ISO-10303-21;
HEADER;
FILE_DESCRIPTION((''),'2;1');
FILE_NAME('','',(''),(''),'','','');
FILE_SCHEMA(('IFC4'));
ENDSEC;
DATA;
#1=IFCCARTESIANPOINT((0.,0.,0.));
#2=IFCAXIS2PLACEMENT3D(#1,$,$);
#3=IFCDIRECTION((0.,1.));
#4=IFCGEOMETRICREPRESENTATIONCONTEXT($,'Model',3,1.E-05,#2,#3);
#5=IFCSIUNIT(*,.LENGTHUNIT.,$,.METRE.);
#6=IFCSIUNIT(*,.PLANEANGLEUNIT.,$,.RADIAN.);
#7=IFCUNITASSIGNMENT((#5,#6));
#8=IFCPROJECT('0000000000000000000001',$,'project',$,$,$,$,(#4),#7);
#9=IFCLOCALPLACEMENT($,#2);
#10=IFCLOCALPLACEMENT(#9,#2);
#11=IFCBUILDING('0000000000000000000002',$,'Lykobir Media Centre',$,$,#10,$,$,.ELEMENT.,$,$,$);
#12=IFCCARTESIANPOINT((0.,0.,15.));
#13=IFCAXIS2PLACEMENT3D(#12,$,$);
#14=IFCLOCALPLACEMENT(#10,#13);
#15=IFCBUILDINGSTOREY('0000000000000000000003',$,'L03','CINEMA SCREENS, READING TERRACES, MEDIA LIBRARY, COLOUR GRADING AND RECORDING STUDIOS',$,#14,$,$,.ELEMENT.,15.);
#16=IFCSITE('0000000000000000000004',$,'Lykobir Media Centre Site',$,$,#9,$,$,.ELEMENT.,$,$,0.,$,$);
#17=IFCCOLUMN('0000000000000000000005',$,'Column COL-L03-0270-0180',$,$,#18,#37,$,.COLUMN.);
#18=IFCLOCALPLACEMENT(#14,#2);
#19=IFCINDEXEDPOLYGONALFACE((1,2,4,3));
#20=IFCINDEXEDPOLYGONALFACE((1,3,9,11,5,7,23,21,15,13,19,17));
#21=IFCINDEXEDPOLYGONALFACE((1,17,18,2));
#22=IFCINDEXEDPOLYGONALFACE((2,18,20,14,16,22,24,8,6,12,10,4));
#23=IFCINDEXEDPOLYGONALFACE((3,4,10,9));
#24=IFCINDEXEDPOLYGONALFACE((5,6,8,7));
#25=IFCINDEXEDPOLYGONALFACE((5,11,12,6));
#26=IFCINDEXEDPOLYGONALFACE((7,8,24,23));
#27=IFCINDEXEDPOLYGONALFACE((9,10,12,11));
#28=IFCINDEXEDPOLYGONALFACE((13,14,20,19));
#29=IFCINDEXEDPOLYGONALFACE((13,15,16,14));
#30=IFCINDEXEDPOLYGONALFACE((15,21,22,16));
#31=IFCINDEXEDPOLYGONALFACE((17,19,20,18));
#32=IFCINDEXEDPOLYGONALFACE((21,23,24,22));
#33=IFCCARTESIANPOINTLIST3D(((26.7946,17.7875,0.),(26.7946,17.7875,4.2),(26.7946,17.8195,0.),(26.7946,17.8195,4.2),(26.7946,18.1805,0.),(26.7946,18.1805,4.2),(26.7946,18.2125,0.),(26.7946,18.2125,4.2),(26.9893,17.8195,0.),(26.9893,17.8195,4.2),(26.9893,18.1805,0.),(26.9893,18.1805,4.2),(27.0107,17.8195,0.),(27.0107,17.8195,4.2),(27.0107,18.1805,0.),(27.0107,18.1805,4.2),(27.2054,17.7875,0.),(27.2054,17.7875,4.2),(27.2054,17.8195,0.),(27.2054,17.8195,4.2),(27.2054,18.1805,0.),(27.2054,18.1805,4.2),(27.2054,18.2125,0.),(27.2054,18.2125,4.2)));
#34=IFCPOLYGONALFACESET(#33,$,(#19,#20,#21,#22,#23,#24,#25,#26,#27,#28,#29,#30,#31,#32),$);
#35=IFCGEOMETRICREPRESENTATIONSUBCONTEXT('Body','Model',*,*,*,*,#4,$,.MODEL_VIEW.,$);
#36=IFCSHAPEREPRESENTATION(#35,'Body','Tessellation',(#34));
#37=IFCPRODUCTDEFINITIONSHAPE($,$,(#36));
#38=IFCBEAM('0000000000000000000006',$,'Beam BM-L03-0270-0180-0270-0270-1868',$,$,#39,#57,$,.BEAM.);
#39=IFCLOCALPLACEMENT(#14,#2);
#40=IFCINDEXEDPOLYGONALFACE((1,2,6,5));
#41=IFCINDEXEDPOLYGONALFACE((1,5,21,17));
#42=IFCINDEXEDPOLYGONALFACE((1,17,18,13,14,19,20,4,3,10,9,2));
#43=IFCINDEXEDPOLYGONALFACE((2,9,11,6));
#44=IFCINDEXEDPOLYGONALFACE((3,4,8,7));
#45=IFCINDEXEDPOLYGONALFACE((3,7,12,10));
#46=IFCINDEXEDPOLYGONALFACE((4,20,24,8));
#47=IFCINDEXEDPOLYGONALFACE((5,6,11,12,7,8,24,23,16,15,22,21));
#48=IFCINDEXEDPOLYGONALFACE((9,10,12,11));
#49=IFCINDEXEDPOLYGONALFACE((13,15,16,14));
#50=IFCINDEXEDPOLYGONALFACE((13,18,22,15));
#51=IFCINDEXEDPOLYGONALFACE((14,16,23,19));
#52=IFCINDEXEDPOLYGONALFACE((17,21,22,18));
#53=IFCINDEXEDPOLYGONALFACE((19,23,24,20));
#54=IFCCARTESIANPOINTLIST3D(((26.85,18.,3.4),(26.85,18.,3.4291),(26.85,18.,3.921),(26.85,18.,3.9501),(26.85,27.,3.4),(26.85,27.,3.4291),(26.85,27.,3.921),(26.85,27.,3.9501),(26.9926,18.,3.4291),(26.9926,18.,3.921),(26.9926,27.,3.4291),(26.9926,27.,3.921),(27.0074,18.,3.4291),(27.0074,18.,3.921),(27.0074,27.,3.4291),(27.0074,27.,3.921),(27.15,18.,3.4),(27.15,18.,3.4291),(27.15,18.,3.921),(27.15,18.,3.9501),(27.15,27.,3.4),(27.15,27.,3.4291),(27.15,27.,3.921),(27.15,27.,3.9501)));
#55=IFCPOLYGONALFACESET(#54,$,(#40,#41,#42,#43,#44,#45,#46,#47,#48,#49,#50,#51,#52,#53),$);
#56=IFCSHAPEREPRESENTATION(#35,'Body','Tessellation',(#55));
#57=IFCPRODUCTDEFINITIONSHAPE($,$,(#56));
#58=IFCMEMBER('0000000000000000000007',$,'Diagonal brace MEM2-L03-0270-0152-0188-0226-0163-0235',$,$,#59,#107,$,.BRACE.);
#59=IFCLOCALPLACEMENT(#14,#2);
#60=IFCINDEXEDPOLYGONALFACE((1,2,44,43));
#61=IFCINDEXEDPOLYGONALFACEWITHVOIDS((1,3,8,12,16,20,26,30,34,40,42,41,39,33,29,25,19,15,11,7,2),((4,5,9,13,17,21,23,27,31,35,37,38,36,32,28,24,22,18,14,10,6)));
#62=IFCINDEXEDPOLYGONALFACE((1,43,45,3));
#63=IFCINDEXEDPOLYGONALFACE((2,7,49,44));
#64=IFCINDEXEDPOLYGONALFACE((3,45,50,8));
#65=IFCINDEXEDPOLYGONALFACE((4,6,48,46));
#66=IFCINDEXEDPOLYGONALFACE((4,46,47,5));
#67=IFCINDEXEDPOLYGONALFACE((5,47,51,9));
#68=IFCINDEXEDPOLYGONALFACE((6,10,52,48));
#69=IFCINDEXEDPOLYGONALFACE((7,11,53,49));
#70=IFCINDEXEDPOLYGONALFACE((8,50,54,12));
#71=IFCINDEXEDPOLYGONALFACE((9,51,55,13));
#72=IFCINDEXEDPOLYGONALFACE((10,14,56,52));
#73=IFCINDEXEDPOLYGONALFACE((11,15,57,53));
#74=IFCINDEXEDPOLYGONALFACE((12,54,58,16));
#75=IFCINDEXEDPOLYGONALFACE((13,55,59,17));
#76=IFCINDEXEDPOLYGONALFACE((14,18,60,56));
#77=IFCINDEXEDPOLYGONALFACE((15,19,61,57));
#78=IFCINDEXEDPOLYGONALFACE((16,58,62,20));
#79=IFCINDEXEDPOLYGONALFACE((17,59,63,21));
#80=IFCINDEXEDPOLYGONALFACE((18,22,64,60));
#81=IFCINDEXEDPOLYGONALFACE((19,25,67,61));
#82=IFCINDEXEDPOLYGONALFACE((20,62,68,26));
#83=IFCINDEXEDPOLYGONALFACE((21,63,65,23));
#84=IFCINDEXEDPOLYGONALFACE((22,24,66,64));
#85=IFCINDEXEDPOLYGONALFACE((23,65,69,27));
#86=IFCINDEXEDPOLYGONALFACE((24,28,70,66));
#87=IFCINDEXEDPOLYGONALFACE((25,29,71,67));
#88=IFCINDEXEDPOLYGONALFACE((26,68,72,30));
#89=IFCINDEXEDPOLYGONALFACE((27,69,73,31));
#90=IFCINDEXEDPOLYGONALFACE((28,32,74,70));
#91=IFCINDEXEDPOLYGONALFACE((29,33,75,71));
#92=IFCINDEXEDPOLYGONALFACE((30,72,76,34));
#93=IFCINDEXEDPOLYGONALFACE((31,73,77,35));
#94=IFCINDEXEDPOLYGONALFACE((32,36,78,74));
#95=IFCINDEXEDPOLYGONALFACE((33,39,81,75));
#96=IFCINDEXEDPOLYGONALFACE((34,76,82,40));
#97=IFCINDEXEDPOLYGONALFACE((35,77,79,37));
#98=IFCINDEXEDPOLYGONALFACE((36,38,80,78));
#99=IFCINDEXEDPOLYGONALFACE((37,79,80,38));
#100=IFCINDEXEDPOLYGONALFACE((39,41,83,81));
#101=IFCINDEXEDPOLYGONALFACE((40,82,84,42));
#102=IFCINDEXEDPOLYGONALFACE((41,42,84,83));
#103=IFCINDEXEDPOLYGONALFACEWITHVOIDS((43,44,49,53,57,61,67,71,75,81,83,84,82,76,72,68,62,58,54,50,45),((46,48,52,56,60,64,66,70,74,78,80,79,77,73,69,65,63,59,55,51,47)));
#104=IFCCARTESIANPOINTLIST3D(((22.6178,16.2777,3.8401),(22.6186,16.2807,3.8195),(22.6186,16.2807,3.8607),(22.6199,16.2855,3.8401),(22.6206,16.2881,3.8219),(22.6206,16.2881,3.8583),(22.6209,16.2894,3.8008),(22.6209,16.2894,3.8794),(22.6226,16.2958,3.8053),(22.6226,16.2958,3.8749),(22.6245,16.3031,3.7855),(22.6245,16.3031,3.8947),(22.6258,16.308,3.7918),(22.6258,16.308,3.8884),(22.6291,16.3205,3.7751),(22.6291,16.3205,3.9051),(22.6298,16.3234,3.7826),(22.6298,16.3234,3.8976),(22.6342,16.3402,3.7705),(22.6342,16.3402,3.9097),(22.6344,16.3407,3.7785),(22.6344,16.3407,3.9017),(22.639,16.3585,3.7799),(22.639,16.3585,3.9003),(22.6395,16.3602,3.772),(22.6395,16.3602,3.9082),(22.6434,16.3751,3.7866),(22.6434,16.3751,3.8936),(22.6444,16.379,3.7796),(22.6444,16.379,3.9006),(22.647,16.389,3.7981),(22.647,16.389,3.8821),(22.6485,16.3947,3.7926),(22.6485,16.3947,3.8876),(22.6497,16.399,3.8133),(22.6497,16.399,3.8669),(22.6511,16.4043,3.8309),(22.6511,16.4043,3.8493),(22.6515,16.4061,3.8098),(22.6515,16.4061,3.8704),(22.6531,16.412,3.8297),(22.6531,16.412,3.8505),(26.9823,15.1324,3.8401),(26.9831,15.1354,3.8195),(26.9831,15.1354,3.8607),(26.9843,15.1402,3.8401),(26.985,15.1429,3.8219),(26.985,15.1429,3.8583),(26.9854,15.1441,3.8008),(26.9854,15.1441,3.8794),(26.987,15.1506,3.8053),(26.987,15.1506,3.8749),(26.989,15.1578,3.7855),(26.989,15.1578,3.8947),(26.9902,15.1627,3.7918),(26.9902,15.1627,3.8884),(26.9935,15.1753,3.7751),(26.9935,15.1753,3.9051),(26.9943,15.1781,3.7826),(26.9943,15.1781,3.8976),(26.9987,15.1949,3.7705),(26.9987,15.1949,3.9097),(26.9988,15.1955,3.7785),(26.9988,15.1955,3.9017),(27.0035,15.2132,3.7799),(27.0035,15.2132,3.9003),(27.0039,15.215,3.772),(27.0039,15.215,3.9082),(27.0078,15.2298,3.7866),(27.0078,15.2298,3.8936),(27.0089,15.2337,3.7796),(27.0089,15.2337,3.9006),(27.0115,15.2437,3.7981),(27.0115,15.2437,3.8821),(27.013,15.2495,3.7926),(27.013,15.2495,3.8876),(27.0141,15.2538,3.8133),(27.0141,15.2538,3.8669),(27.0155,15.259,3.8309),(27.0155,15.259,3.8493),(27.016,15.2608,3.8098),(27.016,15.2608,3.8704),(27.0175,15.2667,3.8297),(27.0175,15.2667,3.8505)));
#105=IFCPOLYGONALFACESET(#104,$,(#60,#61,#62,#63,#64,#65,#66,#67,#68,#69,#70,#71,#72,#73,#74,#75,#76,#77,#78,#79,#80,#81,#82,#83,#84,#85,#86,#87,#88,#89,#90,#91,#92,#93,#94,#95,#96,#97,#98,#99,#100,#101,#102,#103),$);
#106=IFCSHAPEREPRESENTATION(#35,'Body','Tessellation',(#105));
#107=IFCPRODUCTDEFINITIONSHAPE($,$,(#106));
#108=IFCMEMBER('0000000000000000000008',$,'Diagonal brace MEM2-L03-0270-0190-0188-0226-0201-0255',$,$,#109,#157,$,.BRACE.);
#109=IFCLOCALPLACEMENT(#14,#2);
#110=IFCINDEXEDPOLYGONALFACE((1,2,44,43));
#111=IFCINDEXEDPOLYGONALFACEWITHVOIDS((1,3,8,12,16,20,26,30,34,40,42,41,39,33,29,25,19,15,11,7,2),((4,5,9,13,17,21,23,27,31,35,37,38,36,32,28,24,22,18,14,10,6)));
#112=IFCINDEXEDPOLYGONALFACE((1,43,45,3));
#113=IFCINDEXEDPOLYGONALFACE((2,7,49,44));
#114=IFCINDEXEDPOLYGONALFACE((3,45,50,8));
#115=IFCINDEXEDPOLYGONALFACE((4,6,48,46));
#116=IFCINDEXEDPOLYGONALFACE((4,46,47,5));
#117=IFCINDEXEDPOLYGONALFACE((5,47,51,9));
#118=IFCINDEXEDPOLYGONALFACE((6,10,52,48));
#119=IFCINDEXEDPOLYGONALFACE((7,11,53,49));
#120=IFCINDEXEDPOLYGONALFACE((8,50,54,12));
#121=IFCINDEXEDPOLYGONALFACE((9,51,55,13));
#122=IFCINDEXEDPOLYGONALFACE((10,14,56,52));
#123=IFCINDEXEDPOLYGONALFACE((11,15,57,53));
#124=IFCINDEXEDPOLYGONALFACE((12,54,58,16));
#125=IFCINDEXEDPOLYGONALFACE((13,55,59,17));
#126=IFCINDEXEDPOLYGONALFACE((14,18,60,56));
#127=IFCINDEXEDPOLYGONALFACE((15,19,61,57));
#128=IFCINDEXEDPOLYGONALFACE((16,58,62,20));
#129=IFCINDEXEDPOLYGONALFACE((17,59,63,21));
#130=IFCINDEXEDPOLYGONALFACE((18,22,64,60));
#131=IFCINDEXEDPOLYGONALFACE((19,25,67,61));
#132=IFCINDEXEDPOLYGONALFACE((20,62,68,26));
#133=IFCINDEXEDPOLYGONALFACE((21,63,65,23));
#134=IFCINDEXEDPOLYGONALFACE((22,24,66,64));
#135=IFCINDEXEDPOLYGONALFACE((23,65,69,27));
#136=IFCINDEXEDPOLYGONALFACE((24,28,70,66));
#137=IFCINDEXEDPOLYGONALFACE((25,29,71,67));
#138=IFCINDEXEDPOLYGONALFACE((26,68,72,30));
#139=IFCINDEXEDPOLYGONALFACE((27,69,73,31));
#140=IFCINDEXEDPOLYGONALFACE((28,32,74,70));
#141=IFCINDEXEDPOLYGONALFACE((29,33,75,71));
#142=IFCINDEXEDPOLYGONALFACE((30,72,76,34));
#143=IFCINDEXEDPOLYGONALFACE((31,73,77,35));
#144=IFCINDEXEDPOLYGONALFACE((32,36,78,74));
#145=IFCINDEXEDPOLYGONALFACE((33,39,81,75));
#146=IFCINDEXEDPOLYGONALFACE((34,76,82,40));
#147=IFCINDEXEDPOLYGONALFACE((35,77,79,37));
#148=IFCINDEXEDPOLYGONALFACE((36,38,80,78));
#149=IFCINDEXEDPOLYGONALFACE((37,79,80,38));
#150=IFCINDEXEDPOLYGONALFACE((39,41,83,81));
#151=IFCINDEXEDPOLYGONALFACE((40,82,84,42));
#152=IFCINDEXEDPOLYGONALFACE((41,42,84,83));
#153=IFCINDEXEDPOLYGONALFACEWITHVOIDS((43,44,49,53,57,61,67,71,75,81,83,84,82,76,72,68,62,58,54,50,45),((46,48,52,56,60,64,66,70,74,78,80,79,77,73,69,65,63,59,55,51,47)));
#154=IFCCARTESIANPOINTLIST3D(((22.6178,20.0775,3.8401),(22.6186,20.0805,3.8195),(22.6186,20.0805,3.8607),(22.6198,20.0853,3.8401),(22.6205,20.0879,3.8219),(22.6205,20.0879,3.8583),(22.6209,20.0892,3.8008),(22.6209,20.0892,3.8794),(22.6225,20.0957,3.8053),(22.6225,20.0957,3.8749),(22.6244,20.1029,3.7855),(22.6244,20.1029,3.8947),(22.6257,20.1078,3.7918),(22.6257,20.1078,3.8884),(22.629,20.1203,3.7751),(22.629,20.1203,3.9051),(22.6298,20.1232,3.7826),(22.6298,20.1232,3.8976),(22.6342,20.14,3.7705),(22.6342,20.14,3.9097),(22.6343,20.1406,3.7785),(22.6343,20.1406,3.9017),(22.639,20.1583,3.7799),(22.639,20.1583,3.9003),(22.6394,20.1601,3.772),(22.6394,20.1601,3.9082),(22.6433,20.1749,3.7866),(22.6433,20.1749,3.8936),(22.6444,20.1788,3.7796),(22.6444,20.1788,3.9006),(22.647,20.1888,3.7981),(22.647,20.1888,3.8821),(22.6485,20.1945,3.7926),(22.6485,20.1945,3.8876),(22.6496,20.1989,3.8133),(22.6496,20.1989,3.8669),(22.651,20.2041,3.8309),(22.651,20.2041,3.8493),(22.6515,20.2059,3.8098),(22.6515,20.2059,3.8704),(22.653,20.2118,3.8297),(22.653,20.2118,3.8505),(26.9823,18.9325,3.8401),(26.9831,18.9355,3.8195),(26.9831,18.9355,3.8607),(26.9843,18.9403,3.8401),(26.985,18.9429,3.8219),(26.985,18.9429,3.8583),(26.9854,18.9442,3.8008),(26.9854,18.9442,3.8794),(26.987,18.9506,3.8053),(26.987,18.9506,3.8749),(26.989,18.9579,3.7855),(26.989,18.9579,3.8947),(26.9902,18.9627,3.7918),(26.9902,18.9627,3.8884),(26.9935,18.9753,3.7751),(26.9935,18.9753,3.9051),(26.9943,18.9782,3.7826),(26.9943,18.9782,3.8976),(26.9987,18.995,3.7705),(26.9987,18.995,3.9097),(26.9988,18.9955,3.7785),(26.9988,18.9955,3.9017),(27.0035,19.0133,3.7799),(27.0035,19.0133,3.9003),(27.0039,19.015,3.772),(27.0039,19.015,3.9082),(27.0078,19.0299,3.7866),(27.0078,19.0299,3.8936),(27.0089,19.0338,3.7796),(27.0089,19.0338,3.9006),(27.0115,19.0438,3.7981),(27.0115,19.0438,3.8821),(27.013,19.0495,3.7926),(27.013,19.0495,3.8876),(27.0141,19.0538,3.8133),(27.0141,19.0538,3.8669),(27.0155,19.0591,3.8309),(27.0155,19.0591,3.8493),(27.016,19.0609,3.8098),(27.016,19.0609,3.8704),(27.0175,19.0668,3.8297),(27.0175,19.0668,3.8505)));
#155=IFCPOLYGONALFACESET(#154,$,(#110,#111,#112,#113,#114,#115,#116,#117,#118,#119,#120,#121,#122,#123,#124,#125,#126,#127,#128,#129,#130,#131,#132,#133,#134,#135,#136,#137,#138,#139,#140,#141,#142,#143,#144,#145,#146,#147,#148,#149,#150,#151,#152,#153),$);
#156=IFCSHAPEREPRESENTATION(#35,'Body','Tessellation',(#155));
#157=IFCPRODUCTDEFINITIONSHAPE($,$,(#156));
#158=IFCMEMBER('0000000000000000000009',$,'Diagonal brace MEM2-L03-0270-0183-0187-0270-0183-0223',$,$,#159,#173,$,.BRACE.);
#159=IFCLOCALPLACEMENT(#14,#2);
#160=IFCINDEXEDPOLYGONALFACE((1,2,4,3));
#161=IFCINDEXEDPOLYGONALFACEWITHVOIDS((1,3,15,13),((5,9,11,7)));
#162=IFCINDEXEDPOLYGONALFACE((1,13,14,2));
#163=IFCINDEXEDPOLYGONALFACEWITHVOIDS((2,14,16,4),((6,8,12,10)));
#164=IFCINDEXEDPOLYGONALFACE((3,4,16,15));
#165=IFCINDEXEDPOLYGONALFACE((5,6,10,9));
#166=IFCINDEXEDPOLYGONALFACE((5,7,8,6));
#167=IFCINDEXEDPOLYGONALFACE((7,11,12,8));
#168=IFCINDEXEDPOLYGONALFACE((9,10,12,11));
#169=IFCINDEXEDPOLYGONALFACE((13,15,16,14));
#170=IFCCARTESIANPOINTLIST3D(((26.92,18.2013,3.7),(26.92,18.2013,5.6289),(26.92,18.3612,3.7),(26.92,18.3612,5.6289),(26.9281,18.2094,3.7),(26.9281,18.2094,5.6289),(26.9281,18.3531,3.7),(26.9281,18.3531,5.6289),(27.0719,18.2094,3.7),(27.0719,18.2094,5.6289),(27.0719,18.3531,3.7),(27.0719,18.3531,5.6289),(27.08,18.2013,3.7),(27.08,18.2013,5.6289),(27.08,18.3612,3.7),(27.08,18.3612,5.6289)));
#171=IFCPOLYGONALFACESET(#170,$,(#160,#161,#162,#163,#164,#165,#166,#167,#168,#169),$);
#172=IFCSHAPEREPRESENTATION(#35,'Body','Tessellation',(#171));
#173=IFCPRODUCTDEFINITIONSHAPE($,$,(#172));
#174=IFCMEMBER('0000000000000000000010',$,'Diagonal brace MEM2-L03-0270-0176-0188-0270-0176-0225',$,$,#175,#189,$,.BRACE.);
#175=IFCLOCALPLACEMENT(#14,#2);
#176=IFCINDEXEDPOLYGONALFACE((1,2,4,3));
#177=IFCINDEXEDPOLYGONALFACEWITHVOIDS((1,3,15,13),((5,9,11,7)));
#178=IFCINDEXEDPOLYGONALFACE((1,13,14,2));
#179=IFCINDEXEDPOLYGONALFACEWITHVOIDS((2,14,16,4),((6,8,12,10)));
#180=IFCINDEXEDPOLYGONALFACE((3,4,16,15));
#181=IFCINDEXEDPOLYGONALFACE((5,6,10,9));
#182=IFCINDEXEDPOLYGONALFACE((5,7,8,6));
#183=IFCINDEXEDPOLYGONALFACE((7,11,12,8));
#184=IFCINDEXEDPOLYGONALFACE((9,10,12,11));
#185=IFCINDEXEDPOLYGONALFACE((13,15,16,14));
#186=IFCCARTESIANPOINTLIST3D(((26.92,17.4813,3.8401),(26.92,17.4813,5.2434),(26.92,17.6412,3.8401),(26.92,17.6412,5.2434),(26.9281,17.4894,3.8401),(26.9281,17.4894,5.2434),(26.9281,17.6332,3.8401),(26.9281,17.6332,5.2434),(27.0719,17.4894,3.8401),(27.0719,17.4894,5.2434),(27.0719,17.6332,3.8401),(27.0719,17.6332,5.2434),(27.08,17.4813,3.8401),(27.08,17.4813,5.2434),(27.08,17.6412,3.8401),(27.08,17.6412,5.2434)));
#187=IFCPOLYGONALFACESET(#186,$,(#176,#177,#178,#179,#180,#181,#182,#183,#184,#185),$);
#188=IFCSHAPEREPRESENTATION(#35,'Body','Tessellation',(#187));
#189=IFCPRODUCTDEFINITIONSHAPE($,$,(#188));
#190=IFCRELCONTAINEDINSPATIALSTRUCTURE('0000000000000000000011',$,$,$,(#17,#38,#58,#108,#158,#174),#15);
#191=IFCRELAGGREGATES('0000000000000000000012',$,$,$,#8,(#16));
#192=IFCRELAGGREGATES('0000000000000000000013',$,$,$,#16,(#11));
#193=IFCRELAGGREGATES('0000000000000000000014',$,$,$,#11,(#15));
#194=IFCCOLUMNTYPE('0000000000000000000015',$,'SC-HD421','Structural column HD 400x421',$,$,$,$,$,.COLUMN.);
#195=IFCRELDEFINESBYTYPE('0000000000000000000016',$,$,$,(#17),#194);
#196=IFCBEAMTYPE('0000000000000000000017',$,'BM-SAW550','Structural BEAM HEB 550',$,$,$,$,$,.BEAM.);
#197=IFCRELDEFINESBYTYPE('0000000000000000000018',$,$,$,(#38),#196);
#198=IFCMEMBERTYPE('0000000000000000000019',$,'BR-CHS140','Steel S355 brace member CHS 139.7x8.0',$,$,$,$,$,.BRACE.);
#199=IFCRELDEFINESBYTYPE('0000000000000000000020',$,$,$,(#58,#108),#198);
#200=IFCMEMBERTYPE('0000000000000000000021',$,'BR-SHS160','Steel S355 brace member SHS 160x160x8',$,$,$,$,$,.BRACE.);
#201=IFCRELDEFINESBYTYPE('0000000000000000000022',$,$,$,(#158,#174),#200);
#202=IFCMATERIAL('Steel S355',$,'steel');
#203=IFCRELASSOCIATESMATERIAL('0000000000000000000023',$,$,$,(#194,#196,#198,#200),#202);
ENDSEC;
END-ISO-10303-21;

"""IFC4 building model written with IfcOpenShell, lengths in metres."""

from ifc_helpers import new_model, si_unit, direction, frame, origin, origin_2d, place, context, subcontext, project, spatial, hollow_rectangle, hollow_circle, i_section, extrude, material, material_profile, profile_set, type_object, element, save


model = new_model("IFC4")

# Units and contexts
model_context = context("Model", 3, precision=1e-05, world=origin(), true_north=direction((0.0, 1.0)))
body_context = subcontext(model_context, "Body", "Model", "MODEL_VIEW")
ifc_project = project(units=[si_unit("LENGTHUNIT", "METRE"), si_unit("PLANEANGLEUNIT", "RADIAN")], contexts=[model_context])

# Site, building, storey
site_placement = place(None, origin())
site = spatial("IfcSite", under=ifc_project, at=site_placement, Name="Lykobir Media Centre Site", CompositionType="ELEMENT", RefElevation=0.0)
building_placement = place(site_placement, origin())
building = spatial("IfcBuilding", under=site, at=building_placement, Name="Lykobir Media Centre", CompositionType="ELEMENT")
storey_placement = place(building_placement, frame((0.0, 0.0, 15.0)))
storey = spatial("IfcBuildingStorey", under=building, at=storey_placement, Name="L03", Description="CINEMA SCREENS, READING TERRACES, MEDIA LIBRARY, COLOUR GRADING AND RECORDING STUDIOS", CompositionType="ELEMENT", Elevation=15.0)

# Column
ifc_material_1 = material(Name="Steel S355", Category="steel")
ifc_material_profile_1 = material_profile(ifc_material_1, i_section(OverallWidth=0.4109, OverallDepth=0.425, WebThickness=0.0215, FlangeThickness=0.032, at=origin_2d()), Name="HD 400x421")
ifc_profile_set_1 = profile_set([ifc_material_profile_1], Name="Steel S355")
column_type = type_object("IfcColumnType", Name="SC-HD421", Description="Structural column HD 400x421", PredefinedType="COLUMN", material=ifc_profile_set_1)
column_placement = place(storey_placement, frame((27.0, 18.0, 0.0), z_axis=(0.0, 0.0, 1.0), x_axis=(1.0, 0.0, 0.0)))
element("IfcColumn", 1, at=column_placement, inside=storey, type_object=column_type, Name="Column COL-L03-0270-0180", PredefinedType="COLUMN", context=body_context, shape_type="SweptSolid", body=[
    extrude(i_section(OverallWidth=0.4109, OverallDepth=0.425, WebThickness=0.0215, FlangeThickness=0.032, at=origin_2d()), origin(), (0.0, 0.0, 1.0), 4.2),
])

# Beam
ifc_material_profile_2 = material_profile(ifc_material_1, i_section(OverallWidth=0.3, OverallDepth=0.55, WebThickness=0.0149, FlangeThickness=0.0291, at=origin_2d()), Name="HEB 550")
ifc_profile_set_2 = profile_set([ifc_material_profile_2], Name="Steel S355")
beam_type_1 = type_object("IfcBeamType", Name="BM-SAW550", Description="Structural BEAM HEB 550", PredefinedType="BEAM", material=ifc_profile_set_2)
beam_1_placement = place(storey_placement, frame((27.0, 18.0, 3.675), z_axis=(0.0, 1.0, 0.0), x_axis=(-1.0, 0.0, 0.0)))
element("IfcBeam", 2, at=beam_1_placement, inside=storey, type_object=beam_type_1, Name="Beam BM-L03-0270-0180-0270-0270-1868", PredefinedType="BEAM", context=body_context, shape_type="SweptSolid", body=[
    extrude(i_section(OverallWidth=0.3, OverallDepth=0.55, WebThickness=0.0149, FlangeThickness=0.0291, at=origin_2d()), origin(), (0.0, 0.0, 1.0), 9.0),
])

# Members
ifc_material_profile_3 = material_profile(ifc_material_1, hollow_circle(Radius=0.0698, WallThickness=0.0081, at=origin_2d()), Name="CHS 139.7x8.0")
ifc_profile_set_3 = profile_set([ifc_material_profile_3], Name="Steel S355")
member_type_1 = type_object("IfcMemberType", Name="BR-CHS140", Description="Steel S355 brace member CHS 139.7x8.0", PredefinedType="BRACE", material=ifc_profile_set_3)
for number, where, z_axis, x_axis, name in (
    (3, (27.0, 15.2, 3.8401), (-0.967254, 0.253811, 0.0), (-0.253811, -0.967254, 0.0), "Diagonal brace MEM2-L03-0270-0152-0188-0226-0163-0235"),
    (4, (27.0, 19.0, 3.8401), (-0.967267, 0.253761, 0.0), (-0.253761, -0.967267, 0.0), "Diagonal brace MEM2-L03-0270-0190-0188-0226-0201-0255"),
):
    element("IfcMember", number, at=place(storey_placement, frame(where, z_axis=z_axis, x_axis=x_axis)), inside=storey, type_object=member_type_1, Name=name, PredefinedType="BRACE", context=body_context, shape_type="SweptSolid", body=[
        extrude(hollow_circle(Radius=0.0698, WallThickness=0.0081, at=origin_2d()), origin(), (0.0, 0.0, 1.0), 4.5122),
    ])
ifc_material_profile_4 = material_profile(ifc_material_1, hollow_rectangle(XDim=0.1599, YDim=0.1599, WallThickness=0.0081, at=origin_2d()), Name="SHS 160x160x8")
ifc_profile_set_4 = profile_set([ifc_material_profile_4], Name="Steel S355")
member_type_2 = type_object("IfcMemberType", Name="BR-SHS160", Description="Steel S355 brace member SHS 160x160x8", PredefinedType="BRACE", material=ifc_profile_set_4)
member_1_placement = place(storey_placement, frame((27.0, 18.2812, 3.7), z_axis=(0.0, 0.0, 1.0), x_axis=(1.0, 0.0, 0.0)))
element("IfcMember", 5, at=member_1_placement, inside=storey, type_object=member_type_2, Name="Diagonal brace MEM2-L03-0270-0183-0187-0270-0183-0223", PredefinedType="BRACE", context=body_context, shape_type="SweptSolid", body=[
    extrude(hollow_rectangle(XDim=0.1599, YDim=0.1599, WallThickness=0.0081, at=origin_2d()), origin(), (0.0, 0.0, 1.0), 1.929),
])
member_2_placement = place(storey_placement, frame((27.0, 17.5613, 3.8401), z_axis=(0.0, 0.0, 1.0), x_axis=(1.0, 0.0, 0.0)))
element("IfcMember", 6, at=member_2_placement, inside=storey, type_object=member_type_2, Name="Diagonal brace MEM2-L03-0270-0176-0188-0270-0176-0225", PredefinedType="BRACE", context=body_context, shape_type="SweptSolid", body=[
    extrude(hollow_rectangle(XDim=0.1599, YDim=0.1599, WallThickness=0.0081, at=origin_2d()), origin(), (0.0, 0.0, 1.0), 1.4033),
])

save(model, "model.ifc")
